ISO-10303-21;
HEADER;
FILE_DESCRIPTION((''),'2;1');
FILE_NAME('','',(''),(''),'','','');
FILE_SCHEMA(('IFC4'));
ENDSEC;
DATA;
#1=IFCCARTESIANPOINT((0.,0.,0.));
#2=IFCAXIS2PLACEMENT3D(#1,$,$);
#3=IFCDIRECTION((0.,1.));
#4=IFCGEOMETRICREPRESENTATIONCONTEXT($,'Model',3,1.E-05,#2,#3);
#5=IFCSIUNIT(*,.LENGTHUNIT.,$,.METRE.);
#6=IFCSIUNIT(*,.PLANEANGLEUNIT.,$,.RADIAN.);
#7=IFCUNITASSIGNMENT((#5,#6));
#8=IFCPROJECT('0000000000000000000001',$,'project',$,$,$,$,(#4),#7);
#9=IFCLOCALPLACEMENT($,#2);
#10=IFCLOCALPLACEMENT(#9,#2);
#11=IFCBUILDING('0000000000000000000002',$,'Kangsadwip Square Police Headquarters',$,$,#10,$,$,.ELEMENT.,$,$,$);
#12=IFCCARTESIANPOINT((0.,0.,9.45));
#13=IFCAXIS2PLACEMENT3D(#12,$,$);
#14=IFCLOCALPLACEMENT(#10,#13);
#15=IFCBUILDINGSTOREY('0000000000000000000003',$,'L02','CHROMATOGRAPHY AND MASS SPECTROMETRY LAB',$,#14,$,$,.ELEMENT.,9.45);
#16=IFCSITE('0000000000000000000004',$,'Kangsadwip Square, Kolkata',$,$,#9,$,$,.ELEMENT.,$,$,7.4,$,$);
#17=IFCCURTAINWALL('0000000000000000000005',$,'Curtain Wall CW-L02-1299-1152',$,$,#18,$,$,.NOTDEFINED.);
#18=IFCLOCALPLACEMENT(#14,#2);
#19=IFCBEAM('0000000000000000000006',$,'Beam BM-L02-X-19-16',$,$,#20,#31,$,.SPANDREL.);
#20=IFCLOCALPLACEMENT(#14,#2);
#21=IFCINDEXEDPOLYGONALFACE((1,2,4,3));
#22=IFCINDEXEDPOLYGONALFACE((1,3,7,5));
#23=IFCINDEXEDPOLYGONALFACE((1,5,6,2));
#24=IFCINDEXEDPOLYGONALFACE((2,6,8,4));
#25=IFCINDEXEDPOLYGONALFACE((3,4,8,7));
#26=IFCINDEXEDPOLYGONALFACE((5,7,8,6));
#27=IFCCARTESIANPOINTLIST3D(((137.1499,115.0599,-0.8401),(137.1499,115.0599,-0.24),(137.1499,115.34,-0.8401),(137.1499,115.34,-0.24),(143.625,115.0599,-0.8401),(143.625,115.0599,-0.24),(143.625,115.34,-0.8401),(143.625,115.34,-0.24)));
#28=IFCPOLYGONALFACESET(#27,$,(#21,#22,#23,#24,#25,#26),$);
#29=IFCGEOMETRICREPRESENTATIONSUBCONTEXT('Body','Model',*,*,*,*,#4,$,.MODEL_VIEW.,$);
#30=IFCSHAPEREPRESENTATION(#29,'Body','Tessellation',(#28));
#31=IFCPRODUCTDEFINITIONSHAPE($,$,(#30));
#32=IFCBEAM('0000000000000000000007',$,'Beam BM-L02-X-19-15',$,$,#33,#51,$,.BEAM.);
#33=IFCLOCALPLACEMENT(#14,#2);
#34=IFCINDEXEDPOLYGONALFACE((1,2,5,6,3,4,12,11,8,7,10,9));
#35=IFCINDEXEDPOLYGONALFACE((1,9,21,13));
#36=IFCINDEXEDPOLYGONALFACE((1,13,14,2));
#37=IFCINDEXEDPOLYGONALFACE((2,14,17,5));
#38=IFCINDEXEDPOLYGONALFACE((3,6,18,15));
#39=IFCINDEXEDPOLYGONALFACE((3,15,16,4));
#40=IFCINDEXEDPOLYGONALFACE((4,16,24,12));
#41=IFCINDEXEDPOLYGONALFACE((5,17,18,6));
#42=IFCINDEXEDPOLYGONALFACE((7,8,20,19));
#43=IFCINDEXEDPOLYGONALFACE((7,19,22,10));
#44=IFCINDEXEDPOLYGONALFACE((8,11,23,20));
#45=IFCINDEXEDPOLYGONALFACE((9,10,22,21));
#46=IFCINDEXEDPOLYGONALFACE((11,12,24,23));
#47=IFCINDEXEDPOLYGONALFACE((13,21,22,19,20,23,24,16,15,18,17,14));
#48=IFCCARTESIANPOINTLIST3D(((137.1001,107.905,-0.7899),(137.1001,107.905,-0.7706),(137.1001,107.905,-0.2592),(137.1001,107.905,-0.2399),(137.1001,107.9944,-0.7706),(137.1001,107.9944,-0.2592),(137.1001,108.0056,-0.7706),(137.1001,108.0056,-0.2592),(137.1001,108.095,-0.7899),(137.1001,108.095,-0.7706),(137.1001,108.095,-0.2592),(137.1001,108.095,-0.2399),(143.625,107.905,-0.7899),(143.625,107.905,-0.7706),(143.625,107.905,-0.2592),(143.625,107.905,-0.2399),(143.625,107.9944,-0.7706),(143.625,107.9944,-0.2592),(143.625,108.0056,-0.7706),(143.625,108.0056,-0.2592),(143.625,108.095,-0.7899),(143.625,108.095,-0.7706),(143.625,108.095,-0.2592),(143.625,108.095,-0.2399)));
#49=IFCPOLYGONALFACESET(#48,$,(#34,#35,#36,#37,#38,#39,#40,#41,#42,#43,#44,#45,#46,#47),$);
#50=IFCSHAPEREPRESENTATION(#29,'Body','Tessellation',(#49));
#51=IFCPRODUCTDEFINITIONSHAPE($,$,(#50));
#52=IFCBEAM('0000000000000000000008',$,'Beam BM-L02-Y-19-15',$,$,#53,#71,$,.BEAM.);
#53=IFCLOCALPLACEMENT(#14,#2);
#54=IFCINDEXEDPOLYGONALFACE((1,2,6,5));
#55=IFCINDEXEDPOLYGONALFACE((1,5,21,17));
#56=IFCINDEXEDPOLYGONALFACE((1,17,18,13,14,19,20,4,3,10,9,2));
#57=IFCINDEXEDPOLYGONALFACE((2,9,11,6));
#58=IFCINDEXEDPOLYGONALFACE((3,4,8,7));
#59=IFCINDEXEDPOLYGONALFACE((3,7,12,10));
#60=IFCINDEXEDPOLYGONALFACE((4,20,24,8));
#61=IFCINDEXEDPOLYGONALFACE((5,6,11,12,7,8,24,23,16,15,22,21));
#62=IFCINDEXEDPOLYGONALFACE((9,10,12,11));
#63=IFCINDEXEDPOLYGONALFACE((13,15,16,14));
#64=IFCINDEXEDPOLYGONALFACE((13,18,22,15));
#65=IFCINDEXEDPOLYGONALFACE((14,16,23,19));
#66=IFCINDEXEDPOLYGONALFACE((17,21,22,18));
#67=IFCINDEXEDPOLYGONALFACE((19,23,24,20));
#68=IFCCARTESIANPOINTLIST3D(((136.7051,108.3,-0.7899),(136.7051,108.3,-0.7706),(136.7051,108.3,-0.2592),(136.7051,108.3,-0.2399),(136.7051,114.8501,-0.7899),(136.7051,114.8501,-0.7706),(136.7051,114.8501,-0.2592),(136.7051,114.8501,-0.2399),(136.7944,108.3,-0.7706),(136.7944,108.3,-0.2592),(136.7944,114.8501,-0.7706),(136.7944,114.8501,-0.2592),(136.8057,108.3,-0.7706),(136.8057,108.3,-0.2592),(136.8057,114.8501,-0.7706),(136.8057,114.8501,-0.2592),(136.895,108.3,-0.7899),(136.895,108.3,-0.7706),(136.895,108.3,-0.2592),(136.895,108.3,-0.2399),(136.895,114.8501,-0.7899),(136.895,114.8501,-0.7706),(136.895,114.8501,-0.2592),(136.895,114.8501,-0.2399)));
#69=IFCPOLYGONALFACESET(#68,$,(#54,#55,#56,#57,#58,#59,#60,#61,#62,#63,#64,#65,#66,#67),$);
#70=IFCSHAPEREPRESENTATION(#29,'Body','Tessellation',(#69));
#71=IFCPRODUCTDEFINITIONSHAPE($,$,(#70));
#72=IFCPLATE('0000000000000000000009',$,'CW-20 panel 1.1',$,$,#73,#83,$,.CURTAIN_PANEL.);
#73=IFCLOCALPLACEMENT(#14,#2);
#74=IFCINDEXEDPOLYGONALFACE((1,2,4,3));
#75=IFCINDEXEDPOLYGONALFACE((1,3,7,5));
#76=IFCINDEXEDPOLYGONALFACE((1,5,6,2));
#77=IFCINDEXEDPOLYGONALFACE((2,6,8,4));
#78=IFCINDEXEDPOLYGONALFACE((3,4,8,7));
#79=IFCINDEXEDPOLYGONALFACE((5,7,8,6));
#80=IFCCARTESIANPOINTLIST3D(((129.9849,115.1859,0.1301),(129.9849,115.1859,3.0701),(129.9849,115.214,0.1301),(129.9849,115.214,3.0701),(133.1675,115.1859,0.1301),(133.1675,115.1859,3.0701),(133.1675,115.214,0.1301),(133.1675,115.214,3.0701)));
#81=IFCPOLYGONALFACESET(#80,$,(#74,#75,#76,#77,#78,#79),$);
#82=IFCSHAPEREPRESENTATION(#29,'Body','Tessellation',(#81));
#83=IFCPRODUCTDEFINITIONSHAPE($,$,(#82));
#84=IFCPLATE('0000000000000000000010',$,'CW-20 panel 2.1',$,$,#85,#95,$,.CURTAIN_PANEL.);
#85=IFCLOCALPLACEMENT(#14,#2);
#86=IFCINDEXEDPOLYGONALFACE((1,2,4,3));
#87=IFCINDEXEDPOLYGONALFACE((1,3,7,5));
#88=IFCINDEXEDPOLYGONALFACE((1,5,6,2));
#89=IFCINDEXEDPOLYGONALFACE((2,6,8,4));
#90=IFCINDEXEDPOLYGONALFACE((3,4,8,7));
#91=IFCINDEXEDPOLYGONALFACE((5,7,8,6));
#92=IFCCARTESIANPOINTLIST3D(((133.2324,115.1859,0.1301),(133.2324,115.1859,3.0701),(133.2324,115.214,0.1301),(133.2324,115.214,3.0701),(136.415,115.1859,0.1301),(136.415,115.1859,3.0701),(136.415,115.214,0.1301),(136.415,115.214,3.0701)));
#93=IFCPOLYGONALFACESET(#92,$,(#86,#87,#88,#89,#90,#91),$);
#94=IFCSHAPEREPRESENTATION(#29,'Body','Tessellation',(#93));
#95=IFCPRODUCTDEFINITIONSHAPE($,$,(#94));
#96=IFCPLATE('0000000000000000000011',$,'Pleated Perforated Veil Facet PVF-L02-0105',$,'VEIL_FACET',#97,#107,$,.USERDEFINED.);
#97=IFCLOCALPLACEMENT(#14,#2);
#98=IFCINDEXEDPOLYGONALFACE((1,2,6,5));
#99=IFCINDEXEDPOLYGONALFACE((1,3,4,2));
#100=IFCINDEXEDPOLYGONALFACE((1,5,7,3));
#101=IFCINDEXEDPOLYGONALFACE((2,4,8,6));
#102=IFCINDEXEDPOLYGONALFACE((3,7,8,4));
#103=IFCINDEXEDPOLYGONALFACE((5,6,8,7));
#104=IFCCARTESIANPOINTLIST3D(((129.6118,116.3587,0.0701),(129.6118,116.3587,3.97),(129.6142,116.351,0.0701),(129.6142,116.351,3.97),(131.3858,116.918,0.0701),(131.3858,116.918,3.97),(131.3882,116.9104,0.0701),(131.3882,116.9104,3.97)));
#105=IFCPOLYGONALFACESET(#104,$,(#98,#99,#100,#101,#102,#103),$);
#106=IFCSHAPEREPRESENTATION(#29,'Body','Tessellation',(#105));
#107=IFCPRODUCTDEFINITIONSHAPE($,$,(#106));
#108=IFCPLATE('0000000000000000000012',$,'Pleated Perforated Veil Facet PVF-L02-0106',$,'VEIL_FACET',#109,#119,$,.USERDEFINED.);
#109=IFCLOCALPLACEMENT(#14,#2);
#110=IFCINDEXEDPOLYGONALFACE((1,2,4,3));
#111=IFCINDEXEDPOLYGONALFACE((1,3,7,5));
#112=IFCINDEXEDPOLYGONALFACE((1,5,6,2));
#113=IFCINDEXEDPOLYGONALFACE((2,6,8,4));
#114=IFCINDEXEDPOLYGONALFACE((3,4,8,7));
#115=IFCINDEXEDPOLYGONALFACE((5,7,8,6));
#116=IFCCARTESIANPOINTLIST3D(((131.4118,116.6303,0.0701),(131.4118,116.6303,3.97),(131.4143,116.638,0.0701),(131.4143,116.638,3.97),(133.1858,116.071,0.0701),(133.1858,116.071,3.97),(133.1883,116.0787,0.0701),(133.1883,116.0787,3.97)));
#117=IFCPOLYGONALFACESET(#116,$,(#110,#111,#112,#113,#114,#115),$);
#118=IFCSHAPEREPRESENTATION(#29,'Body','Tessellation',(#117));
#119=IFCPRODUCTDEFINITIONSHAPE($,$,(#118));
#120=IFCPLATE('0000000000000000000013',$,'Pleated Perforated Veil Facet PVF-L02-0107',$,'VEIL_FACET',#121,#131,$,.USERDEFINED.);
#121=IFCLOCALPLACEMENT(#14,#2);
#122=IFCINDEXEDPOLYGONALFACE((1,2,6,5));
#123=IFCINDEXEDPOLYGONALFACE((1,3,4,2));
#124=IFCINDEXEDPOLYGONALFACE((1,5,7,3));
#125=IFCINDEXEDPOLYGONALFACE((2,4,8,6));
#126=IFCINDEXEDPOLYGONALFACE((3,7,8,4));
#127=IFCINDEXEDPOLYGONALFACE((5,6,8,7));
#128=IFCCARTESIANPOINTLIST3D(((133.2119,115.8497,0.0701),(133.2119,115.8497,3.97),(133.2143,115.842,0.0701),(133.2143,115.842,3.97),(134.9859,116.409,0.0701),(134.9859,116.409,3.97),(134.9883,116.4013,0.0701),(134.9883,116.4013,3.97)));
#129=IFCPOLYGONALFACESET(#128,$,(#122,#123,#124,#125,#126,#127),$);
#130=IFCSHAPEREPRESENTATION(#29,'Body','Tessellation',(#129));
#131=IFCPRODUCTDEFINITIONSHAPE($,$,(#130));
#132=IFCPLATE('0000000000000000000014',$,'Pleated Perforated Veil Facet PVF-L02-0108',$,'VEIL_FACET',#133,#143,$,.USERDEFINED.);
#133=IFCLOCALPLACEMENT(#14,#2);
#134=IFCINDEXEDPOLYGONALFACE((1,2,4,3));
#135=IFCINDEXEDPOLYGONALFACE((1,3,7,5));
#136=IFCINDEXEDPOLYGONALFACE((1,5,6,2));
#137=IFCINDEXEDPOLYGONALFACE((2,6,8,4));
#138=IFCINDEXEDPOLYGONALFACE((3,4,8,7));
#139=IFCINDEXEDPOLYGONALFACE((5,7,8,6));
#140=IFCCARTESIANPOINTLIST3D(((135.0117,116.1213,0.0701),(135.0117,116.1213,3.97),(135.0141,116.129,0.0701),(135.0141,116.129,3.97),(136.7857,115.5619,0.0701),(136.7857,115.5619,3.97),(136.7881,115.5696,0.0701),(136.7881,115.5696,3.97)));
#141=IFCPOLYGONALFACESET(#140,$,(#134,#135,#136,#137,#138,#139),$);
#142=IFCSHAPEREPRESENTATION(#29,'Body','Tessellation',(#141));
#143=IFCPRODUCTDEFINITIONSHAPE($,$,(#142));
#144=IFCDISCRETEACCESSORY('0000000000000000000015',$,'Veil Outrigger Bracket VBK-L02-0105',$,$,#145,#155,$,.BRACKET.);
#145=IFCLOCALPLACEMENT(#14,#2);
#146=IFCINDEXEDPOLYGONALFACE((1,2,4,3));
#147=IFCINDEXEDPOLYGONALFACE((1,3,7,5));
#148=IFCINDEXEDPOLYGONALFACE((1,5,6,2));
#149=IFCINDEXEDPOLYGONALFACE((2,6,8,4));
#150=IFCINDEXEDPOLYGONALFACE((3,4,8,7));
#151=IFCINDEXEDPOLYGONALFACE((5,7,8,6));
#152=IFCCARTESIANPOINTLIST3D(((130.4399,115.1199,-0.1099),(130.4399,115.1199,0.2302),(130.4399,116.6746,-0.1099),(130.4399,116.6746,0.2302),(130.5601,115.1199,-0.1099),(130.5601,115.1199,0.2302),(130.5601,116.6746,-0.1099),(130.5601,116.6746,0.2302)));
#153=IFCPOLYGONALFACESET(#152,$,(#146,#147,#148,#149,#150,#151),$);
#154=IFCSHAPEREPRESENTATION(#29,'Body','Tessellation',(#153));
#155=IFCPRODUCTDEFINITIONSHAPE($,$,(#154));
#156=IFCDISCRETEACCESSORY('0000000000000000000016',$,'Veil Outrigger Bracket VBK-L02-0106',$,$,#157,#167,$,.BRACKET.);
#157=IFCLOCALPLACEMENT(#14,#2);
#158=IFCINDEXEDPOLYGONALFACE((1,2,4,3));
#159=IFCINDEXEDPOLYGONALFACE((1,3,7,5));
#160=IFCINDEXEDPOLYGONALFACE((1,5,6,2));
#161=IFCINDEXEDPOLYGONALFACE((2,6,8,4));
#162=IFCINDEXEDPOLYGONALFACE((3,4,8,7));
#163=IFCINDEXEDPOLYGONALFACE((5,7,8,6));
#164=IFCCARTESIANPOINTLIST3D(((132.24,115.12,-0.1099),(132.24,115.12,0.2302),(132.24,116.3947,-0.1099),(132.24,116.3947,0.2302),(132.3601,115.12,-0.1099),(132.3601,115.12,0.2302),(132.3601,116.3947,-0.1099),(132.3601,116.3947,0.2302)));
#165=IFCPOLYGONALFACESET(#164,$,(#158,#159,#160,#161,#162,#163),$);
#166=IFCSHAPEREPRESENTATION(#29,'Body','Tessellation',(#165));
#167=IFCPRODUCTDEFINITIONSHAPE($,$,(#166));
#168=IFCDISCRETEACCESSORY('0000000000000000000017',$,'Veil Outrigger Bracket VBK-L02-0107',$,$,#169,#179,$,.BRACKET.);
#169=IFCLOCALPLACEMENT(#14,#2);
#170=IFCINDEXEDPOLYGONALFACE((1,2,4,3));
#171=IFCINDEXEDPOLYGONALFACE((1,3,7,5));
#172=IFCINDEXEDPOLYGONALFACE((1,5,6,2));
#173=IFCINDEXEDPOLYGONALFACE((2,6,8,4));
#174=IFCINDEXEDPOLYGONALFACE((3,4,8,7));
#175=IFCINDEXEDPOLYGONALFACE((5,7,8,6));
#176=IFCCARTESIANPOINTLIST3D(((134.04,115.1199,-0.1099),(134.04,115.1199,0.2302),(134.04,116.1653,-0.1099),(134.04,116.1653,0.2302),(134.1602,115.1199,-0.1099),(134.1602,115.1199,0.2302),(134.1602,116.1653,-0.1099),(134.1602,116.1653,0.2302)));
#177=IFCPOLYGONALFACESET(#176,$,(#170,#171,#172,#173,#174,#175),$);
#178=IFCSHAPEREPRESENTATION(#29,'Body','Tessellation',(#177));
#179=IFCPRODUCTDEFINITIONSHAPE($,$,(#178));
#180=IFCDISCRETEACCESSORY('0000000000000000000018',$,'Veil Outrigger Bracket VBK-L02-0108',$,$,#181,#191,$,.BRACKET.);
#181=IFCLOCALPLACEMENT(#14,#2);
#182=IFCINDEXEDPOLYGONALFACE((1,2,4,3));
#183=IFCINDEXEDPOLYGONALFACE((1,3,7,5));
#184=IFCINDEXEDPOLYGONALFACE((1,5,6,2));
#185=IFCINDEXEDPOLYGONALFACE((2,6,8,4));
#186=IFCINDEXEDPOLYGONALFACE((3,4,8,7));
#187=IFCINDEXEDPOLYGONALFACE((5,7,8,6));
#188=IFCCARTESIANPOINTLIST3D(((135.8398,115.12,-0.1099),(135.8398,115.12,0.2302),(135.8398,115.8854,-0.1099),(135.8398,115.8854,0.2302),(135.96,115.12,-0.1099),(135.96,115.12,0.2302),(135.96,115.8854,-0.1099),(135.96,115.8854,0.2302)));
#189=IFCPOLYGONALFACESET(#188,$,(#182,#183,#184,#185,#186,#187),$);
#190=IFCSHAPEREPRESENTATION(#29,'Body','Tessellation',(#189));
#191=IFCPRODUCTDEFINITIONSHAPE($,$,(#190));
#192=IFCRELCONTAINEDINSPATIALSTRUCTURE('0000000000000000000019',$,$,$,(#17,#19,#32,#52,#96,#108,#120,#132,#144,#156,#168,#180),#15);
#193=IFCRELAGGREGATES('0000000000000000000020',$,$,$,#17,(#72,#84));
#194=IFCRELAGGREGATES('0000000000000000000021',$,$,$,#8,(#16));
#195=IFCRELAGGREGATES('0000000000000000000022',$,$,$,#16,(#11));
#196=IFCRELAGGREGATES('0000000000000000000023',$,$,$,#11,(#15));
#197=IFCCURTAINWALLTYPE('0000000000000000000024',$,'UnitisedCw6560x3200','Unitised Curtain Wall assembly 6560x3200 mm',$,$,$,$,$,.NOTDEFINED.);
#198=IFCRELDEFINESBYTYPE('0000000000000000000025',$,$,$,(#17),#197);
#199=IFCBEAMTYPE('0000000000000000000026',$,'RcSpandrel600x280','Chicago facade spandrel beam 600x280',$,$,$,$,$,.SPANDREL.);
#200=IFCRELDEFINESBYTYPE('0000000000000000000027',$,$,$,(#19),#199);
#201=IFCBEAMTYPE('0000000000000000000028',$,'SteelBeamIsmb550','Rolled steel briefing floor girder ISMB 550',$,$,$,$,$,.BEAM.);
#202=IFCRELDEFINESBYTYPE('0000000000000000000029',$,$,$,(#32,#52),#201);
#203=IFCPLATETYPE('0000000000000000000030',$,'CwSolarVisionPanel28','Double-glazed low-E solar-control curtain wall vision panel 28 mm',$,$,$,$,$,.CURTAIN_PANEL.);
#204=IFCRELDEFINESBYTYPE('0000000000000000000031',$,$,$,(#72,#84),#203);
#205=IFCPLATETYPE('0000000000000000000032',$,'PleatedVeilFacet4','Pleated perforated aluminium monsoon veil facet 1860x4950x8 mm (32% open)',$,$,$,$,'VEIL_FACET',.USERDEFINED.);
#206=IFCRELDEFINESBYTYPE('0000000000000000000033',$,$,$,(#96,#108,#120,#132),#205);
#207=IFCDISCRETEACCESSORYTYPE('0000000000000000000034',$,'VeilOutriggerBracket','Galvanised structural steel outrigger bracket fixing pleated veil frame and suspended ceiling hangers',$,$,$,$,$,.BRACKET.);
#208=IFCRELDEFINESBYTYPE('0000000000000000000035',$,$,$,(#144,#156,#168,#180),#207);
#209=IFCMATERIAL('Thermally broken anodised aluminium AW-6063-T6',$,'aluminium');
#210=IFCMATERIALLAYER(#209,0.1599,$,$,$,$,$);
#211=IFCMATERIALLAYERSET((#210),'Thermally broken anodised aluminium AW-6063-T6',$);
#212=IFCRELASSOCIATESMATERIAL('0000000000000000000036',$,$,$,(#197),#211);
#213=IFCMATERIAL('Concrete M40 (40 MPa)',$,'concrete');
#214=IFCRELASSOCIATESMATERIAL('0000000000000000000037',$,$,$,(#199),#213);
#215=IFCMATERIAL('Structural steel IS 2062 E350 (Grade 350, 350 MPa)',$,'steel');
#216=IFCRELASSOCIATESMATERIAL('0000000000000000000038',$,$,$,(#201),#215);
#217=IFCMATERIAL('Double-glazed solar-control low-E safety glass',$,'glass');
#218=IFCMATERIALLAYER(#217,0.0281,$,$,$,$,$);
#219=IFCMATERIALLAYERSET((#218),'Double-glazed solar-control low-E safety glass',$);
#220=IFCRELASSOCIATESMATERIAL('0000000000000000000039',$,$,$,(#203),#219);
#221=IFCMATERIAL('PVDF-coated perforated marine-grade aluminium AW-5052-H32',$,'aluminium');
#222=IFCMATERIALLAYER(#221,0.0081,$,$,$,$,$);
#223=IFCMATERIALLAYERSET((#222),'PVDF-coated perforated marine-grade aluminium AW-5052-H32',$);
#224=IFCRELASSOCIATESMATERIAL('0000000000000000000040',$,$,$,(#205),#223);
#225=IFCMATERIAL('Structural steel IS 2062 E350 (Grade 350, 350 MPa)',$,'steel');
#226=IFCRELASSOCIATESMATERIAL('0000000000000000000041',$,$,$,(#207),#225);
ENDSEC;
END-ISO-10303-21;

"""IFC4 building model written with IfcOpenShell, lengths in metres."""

from ifc_helpers import new_model, si_unit, direction, frame, origin, origin_2d, place, context, subcontext, project, spatial, rectangle, i_section, extrude, material, layer, layer_set, material_profile, profile_set, type_object, element, aggregate, save


model = new_model("IFC4")

# Units and contexts
model_context = context("Model", 3, precision=1e-05, world=origin(), true_north=direction((0.0, 1.0)))
body_context = subcontext(model_context, "Body", "Model", "MODEL_VIEW")
ifc_project = project(units=[si_unit("LENGTHUNIT", "METRE"), si_unit("PLANEANGLEUNIT", "RADIAN")], contexts=[model_context])

# Site, building, storey
site_placement = place(None, origin())
site = spatial("IfcSite", under=ifc_project, at=site_placement, Name="Kangsadwip Square, Kolkata", CompositionType="ELEMENT", RefElevation=7.4)
building_placement = place(site_placement, origin())
building = spatial("IfcBuilding", under=site, at=building_placement, Name="Kangsadwip Square Police Headquarters", CompositionType="ELEMENT")
storey_placement = place(building_placement, frame((0.0, 0.0, 9.45)))
storey = spatial("IfcBuildingStorey", under=building, at=storey_placement, Name="L02", Description="CHROMATOGRAPHY AND MASS SPECTROMETRY LAB", CompositionType="ELEMENT", Elevation=9.45)

# Curtain wall
ifc_material_1 = material(Name="Thermally broken anodised aluminium AW-6063-T6", Category="aluminium")
ifc_layer_1 = layer(ifc_material_1, 0.1599)
ifc_layer_set_1 = layer_set([ifc_layer_1], Name="Thermally broken anodised aluminium AW-6063-T6")
curtain_wall_type_1 = type_object("IfcCurtainWallType", Name="UnitisedCw6560x3200", Description="Unitised Curtain Wall assembly 6560x3200 mm", PredefinedType="NOTDEFINED", material=ifc_layer_set_1)
curtain_wall_1_placement = place(storey_placement, origin())
curtain_wall_1 = element("IfcCurtainWall", 1, at=curtain_wall_1_placement, inside=storey, type_object=curtain_wall_type_1, Name="Curtain Wall CW-L02-1299-1152", PredefinedType="NOTDEFINED")

# Beams
ifc_material_2 = material(Name="Concrete M40 (40 MPa)", Category="concrete")
ifc_material_profile_1 = material_profile(ifc_material_2, rectangle(XDim=0.28, YDim=0.6001, at=origin_2d()), Name="RC SPN 600X280")
ifc_profile_set_1 = profile_set([ifc_material_profile_1], Name="Concrete M40 (40 MPa)")
beam_type_1 = type_object("IfcBeamType", Name="RcSpandrel600x280", Description="Chicago facade spandrel beam 600x280", PredefinedType="SPANDREL", material=ifc_profile_set_1)
beam_1_placement = place(storey_placement, frame((137.1499, 115.2, -0.54), z_axis=(1.0, 0.0, 0.0), x_axis=(0.0, 1.0, 0.0)))
element("IfcBeam", 2, at=beam_1_placement, inside=storey, type_object=beam_type_1, Name="Beam BM-L02-X-19-16", PredefinedType="SPANDREL", context=body_context, shape_type="SweptSolid", body=[
    extrude(rectangle(XDim=0.28, YDim=0.6001, at=origin_2d()), origin(), (0.0, 0.0, 1.0), 6.4751),
])
ifc_material_3 = material(Name="Structural steel IS 2062 E350 (Grade 350, 350 MPa)", Category="steel")
ifc_material_profile_2 = material_profile(ifc_material_3, i_section(OverallWidth=0.1899, OverallDepth=0.55, WebThickness=0.0112, FlangeThickness=0.0193, at=origin_2d()), Name="ISMB 550")
ifc_profile_set_2 = profile_set([ifc_material_profile_2], Name="Structural steel IS 2062 E350 (Grade 350, 350 MPa)")
beam_type_2 = type_object("IfcBeamType", Name="SteelBeamIsmb550", Description="Rolled steel briefing floor girder ISMB 550", PredefinedType="BEAM", material=ifc_profile_set_2)
beam_2_placement = place(storey_placement, frame((137.1001, 108.0, -0.5149), z_axis=(1.0, 0.0, 0.0), x_axis=(0.0, 1.0, 0.0)))
element("IfcBeam", 3, at=beam_2_placement, inside=storey, type_object=beam_type_2, Name="Beam BM-L02-X-19-15", PredefinedType="BEAM", context=body_context, shape_type="SweptSolid", body=[
    extrude(i_section(OverallWidth=0.1899, OverallDepth=0.55, WebThickness=0.0112, FlangeThickness=0.0193, at=origin_2d()), origin(), (0.0, 0.0, 1.0), 6.5249),
])
beam_3_placement = place(storey_placement, frame((136.8, 108.3, -0.5149), z_axis=(0.0, 1.0, 0.0), x_axis=(-1.0, 0.0, 0.0)))
element("IfcBeam", 4, at=beam_3_placement, inside=storey, type_object=beam_type_2, Name="Beam BM-L02-Y-19-15", PredefinedType="BEAM", context=body_context, shape_type="SweptSolid", body=[
    extrude(i_section(OverallWidth=0.1899, OverallDepth=0.55, WebThickness=0.0112, FlangeThickness=0.0193, at=origin_2d()), origin(), (0.0, 0.0, 1.0), 6.55),
])

# Plates
ifc_material_4 = material(Name="Double-glazed solar-control low-E safety glass", Category="glass")
ifc_layer_2 = layer(ifc_material_4, 0.0281)
ifc_layer_set_2 = layer_set([ifc_layer_2], Name="Double-glazed solar-control low-E safety glass")
plate_type_1 = type_object("IfcPlateType", Name="CwSolarVisionPanel28", Description="Double-glazed low-E solar-control curtain wall vision panel 28 mm", PredefinedType="CURTAIN_PANEL", material=ifc_layer_set_2)
plate_1_placement = place(storey_placement, frame((131.5762, 115.2, 0.1301), z_axis=(0.0, 0.0, 1.0), x_axis=(1.0, 0.0, 0.0)))
plate_1 = element("IfcPlate", 5, at=plate_1_placement, type_object=plate_type_1, Name="CW-20 panel 1.1", PredefinedType="CURTAIN_PANEL", context=body_context, shape_type="SweptSolid", body=[
    extrude(rectangle(XDim=3.1826, YDim=0.0281, at=origin_2d()), origin(), (0.0, 0.0, 1.0), 2.9399),
])
plate_2_placement = place(storey_placement, frame((134.8237, 115.2, 0.1301), z_axis=(0.0, 0.0, 1.0), x_axis=(1.0, 0.0, 0.0)))
plate_2 = element("IfcPlate", 6, at=plate_2_placement, type_object=plate_type_1, Name="CW-20 panel 2.1", PredefinedType="CURTAIN_PANEL", context=body_context, shape_type="SweptSolid", body=[
    extrude(rectangle(XDim=3.1826, YDim=0.0281, at=origin_2d()), origin(), (0.0, 0.0, 1.0), 2.9399),
])
aggregate(curtain_wall_1, [plate_1, plate_2])

# Plates
ifc_material_5 = material(Name="PVDF-coated perforated marine-grade aluminium AW-5052-H32", Category="aluminium")
ifc_layer_3 = layer(ifc_material_5, 0.0081)
ifc_layer_set_3 = layer_set([ifc_layer_3], Name="PVDF-coated perforated marine-grade aluminium AW-5052-H32")
plate_type_2 = type_object("IfcPlateType", Name="PleatedVeilFacet4", Description="Pleated perforated aluminium monsoon veil facet 1860x4950x8 mm (32% open)", ElementType="VEIL_FACET", PredefinedType="USERDEFINED", material=ifc_layer_set_3)
for number, where, z_axis, x_axis, name in (
    (7, (130.5, 116.6345, 0.0701), (0.0, 0.0, 1.0), (0.953717, 0.300706, 0.0), "Pleated Perforated Veil Facet PVF-L02-0105"),
    (8, (132.3, 116.3545, 0.0701), (0.0, 0.0, 1.0), (0.953717, -0.300706, 0.0), "Pleated Perforated Veil Facet PVF-L02-0106"),
    (9, (134.1001, 116.1255, 0.0701), (0.0, 0.0, 1.0), (0.953717, 0.300706, 0.0), "Pleated Perforated Veil Facet PVF-L02-0107"),
    (10, (135.8999, 115.8455, 0.0701), (0.0, 0.0, 1.0), (0.953717, -0.300706, 0.0), "Pleated Perforated Veil Facet PVF-L02-0108"),
):
    element("IfcPlate", number, at=place(storey_placement, frame(where, z_axis=z_axis, x_axis=x_axis)), inside=storey, type_object=plate_type_2, Name=name, ObjectType="VEIL_FACET", PredefinedType="USERDEFINED", context=body_context, shape_type="SweptSolid", body=[
        extrude(rectangle(XDim=1.8601, YDim=0.0081, at=origin_2d()), origin(), (0.0, 0.0, 1.0), 3.8999),
    ])

# Discrete accessories
ifc_material_6 = material(Name="Structural steel IS 2062 E350 (Grade 350, 350 MPa)", Category="steel")
discrete_accessory_type = type_object("IfcDiscreteAccessoryType", Name="VeilOutriggerBracket", Description="Galvanised structural steel outrigger bracket fixing pleated veil frame and suspended ceiling hangers", PredefinedType="BRACKET", material=ifc_material_6)
discrete_accessory_1_placement = place(storey_placement, frame((130.5, 115.8972, -0.1099), z_axis=(0.0, 0.0, 1.0), x_axis=(1.0, 0.0, 0.0)))
element("IfcDiscreteAccessory", 11, at=discrete_accessory_1_placement, inside=storey, type_object=discrete_accessory_type, Name="Veil Outrigger Bracket VBK-L02-0105", PredefinedType="BRACKET", context=body_context, shape_type="SweptSolid", body=[
    extrude(rectangle(XDim=0.1201, YDim=1.5547, at=origin_2d()), origin(), (0.0, 0.0, 1.0), 0.3401),
])
discrete_accessory_2_placement = place(storey_placement, frame((132.3, 115.7573, -0.1099), z_axis=(0.0, 0.0, 1.0), x_axis=(1.0, 0.0, 0.0)))
element("IfcDiscreteAccessory", 12, at=discrete_accessory_2_placement, inside=storey, type_object=discrete_accessory_type, Name="Veil Outrigger Bracket VBK-L02-0106", PredefinedType="BRACKET", context=body_context, shape_type="SweptSolid", body=[
    extrude(rectangle(XDim=0.1201, YDim=1.2747, at=origin_2d()), origin(), (0.0, 0.0, 1.0), 0.3401),
])
discrete_accessory_3_placement = place(storey_placement, frame((134.1001, 115.6426, -0.1099), z_axis=(0.0, 0.0, 1.0), x_axis=(1.0, 0.0, 0.0)))
element("IfcDiscreteAccessory", 13, at=discrete_accessory_3_placement, inside=storey, type_object=discrete_accessory_type, Name="Veil Outrigger Bracket VBK-L02-0107", PredefinedType="BRACKET", context=body_context, shape_type="SweptSolid", body=[
    extrude(rectangle(XDim=0.1201, YDim=1.0454, at=origin_2d()), origin(), (0.0, 0.0, 1.0), 0.3401),
])
discrete_accessory_4_placement = place(storey_placement, frame((135.8999, 115.5027, -0.1099), z_axis=(0.0, 0.0, 1.0), x_axis=(1.0, 0.0, 0.0)))
element("IfcDiscreteAccessory", 14, at=discrete_accessory_4_placement, inside=storey, type_object=discrete_accessory_type, Name="Veil Outrigger Bracket VBK-L02-0108", PredefinedType="BRACKET", context=body_context, shape_type="SweptSolid", body=[
    extrude(rectangle(XDim=0.1201, YDim=0.7654, at=origin_2d()), origin(), (0.0, 0.0, 1.0), 0.3401),
])

save(model, "model.ifc")
